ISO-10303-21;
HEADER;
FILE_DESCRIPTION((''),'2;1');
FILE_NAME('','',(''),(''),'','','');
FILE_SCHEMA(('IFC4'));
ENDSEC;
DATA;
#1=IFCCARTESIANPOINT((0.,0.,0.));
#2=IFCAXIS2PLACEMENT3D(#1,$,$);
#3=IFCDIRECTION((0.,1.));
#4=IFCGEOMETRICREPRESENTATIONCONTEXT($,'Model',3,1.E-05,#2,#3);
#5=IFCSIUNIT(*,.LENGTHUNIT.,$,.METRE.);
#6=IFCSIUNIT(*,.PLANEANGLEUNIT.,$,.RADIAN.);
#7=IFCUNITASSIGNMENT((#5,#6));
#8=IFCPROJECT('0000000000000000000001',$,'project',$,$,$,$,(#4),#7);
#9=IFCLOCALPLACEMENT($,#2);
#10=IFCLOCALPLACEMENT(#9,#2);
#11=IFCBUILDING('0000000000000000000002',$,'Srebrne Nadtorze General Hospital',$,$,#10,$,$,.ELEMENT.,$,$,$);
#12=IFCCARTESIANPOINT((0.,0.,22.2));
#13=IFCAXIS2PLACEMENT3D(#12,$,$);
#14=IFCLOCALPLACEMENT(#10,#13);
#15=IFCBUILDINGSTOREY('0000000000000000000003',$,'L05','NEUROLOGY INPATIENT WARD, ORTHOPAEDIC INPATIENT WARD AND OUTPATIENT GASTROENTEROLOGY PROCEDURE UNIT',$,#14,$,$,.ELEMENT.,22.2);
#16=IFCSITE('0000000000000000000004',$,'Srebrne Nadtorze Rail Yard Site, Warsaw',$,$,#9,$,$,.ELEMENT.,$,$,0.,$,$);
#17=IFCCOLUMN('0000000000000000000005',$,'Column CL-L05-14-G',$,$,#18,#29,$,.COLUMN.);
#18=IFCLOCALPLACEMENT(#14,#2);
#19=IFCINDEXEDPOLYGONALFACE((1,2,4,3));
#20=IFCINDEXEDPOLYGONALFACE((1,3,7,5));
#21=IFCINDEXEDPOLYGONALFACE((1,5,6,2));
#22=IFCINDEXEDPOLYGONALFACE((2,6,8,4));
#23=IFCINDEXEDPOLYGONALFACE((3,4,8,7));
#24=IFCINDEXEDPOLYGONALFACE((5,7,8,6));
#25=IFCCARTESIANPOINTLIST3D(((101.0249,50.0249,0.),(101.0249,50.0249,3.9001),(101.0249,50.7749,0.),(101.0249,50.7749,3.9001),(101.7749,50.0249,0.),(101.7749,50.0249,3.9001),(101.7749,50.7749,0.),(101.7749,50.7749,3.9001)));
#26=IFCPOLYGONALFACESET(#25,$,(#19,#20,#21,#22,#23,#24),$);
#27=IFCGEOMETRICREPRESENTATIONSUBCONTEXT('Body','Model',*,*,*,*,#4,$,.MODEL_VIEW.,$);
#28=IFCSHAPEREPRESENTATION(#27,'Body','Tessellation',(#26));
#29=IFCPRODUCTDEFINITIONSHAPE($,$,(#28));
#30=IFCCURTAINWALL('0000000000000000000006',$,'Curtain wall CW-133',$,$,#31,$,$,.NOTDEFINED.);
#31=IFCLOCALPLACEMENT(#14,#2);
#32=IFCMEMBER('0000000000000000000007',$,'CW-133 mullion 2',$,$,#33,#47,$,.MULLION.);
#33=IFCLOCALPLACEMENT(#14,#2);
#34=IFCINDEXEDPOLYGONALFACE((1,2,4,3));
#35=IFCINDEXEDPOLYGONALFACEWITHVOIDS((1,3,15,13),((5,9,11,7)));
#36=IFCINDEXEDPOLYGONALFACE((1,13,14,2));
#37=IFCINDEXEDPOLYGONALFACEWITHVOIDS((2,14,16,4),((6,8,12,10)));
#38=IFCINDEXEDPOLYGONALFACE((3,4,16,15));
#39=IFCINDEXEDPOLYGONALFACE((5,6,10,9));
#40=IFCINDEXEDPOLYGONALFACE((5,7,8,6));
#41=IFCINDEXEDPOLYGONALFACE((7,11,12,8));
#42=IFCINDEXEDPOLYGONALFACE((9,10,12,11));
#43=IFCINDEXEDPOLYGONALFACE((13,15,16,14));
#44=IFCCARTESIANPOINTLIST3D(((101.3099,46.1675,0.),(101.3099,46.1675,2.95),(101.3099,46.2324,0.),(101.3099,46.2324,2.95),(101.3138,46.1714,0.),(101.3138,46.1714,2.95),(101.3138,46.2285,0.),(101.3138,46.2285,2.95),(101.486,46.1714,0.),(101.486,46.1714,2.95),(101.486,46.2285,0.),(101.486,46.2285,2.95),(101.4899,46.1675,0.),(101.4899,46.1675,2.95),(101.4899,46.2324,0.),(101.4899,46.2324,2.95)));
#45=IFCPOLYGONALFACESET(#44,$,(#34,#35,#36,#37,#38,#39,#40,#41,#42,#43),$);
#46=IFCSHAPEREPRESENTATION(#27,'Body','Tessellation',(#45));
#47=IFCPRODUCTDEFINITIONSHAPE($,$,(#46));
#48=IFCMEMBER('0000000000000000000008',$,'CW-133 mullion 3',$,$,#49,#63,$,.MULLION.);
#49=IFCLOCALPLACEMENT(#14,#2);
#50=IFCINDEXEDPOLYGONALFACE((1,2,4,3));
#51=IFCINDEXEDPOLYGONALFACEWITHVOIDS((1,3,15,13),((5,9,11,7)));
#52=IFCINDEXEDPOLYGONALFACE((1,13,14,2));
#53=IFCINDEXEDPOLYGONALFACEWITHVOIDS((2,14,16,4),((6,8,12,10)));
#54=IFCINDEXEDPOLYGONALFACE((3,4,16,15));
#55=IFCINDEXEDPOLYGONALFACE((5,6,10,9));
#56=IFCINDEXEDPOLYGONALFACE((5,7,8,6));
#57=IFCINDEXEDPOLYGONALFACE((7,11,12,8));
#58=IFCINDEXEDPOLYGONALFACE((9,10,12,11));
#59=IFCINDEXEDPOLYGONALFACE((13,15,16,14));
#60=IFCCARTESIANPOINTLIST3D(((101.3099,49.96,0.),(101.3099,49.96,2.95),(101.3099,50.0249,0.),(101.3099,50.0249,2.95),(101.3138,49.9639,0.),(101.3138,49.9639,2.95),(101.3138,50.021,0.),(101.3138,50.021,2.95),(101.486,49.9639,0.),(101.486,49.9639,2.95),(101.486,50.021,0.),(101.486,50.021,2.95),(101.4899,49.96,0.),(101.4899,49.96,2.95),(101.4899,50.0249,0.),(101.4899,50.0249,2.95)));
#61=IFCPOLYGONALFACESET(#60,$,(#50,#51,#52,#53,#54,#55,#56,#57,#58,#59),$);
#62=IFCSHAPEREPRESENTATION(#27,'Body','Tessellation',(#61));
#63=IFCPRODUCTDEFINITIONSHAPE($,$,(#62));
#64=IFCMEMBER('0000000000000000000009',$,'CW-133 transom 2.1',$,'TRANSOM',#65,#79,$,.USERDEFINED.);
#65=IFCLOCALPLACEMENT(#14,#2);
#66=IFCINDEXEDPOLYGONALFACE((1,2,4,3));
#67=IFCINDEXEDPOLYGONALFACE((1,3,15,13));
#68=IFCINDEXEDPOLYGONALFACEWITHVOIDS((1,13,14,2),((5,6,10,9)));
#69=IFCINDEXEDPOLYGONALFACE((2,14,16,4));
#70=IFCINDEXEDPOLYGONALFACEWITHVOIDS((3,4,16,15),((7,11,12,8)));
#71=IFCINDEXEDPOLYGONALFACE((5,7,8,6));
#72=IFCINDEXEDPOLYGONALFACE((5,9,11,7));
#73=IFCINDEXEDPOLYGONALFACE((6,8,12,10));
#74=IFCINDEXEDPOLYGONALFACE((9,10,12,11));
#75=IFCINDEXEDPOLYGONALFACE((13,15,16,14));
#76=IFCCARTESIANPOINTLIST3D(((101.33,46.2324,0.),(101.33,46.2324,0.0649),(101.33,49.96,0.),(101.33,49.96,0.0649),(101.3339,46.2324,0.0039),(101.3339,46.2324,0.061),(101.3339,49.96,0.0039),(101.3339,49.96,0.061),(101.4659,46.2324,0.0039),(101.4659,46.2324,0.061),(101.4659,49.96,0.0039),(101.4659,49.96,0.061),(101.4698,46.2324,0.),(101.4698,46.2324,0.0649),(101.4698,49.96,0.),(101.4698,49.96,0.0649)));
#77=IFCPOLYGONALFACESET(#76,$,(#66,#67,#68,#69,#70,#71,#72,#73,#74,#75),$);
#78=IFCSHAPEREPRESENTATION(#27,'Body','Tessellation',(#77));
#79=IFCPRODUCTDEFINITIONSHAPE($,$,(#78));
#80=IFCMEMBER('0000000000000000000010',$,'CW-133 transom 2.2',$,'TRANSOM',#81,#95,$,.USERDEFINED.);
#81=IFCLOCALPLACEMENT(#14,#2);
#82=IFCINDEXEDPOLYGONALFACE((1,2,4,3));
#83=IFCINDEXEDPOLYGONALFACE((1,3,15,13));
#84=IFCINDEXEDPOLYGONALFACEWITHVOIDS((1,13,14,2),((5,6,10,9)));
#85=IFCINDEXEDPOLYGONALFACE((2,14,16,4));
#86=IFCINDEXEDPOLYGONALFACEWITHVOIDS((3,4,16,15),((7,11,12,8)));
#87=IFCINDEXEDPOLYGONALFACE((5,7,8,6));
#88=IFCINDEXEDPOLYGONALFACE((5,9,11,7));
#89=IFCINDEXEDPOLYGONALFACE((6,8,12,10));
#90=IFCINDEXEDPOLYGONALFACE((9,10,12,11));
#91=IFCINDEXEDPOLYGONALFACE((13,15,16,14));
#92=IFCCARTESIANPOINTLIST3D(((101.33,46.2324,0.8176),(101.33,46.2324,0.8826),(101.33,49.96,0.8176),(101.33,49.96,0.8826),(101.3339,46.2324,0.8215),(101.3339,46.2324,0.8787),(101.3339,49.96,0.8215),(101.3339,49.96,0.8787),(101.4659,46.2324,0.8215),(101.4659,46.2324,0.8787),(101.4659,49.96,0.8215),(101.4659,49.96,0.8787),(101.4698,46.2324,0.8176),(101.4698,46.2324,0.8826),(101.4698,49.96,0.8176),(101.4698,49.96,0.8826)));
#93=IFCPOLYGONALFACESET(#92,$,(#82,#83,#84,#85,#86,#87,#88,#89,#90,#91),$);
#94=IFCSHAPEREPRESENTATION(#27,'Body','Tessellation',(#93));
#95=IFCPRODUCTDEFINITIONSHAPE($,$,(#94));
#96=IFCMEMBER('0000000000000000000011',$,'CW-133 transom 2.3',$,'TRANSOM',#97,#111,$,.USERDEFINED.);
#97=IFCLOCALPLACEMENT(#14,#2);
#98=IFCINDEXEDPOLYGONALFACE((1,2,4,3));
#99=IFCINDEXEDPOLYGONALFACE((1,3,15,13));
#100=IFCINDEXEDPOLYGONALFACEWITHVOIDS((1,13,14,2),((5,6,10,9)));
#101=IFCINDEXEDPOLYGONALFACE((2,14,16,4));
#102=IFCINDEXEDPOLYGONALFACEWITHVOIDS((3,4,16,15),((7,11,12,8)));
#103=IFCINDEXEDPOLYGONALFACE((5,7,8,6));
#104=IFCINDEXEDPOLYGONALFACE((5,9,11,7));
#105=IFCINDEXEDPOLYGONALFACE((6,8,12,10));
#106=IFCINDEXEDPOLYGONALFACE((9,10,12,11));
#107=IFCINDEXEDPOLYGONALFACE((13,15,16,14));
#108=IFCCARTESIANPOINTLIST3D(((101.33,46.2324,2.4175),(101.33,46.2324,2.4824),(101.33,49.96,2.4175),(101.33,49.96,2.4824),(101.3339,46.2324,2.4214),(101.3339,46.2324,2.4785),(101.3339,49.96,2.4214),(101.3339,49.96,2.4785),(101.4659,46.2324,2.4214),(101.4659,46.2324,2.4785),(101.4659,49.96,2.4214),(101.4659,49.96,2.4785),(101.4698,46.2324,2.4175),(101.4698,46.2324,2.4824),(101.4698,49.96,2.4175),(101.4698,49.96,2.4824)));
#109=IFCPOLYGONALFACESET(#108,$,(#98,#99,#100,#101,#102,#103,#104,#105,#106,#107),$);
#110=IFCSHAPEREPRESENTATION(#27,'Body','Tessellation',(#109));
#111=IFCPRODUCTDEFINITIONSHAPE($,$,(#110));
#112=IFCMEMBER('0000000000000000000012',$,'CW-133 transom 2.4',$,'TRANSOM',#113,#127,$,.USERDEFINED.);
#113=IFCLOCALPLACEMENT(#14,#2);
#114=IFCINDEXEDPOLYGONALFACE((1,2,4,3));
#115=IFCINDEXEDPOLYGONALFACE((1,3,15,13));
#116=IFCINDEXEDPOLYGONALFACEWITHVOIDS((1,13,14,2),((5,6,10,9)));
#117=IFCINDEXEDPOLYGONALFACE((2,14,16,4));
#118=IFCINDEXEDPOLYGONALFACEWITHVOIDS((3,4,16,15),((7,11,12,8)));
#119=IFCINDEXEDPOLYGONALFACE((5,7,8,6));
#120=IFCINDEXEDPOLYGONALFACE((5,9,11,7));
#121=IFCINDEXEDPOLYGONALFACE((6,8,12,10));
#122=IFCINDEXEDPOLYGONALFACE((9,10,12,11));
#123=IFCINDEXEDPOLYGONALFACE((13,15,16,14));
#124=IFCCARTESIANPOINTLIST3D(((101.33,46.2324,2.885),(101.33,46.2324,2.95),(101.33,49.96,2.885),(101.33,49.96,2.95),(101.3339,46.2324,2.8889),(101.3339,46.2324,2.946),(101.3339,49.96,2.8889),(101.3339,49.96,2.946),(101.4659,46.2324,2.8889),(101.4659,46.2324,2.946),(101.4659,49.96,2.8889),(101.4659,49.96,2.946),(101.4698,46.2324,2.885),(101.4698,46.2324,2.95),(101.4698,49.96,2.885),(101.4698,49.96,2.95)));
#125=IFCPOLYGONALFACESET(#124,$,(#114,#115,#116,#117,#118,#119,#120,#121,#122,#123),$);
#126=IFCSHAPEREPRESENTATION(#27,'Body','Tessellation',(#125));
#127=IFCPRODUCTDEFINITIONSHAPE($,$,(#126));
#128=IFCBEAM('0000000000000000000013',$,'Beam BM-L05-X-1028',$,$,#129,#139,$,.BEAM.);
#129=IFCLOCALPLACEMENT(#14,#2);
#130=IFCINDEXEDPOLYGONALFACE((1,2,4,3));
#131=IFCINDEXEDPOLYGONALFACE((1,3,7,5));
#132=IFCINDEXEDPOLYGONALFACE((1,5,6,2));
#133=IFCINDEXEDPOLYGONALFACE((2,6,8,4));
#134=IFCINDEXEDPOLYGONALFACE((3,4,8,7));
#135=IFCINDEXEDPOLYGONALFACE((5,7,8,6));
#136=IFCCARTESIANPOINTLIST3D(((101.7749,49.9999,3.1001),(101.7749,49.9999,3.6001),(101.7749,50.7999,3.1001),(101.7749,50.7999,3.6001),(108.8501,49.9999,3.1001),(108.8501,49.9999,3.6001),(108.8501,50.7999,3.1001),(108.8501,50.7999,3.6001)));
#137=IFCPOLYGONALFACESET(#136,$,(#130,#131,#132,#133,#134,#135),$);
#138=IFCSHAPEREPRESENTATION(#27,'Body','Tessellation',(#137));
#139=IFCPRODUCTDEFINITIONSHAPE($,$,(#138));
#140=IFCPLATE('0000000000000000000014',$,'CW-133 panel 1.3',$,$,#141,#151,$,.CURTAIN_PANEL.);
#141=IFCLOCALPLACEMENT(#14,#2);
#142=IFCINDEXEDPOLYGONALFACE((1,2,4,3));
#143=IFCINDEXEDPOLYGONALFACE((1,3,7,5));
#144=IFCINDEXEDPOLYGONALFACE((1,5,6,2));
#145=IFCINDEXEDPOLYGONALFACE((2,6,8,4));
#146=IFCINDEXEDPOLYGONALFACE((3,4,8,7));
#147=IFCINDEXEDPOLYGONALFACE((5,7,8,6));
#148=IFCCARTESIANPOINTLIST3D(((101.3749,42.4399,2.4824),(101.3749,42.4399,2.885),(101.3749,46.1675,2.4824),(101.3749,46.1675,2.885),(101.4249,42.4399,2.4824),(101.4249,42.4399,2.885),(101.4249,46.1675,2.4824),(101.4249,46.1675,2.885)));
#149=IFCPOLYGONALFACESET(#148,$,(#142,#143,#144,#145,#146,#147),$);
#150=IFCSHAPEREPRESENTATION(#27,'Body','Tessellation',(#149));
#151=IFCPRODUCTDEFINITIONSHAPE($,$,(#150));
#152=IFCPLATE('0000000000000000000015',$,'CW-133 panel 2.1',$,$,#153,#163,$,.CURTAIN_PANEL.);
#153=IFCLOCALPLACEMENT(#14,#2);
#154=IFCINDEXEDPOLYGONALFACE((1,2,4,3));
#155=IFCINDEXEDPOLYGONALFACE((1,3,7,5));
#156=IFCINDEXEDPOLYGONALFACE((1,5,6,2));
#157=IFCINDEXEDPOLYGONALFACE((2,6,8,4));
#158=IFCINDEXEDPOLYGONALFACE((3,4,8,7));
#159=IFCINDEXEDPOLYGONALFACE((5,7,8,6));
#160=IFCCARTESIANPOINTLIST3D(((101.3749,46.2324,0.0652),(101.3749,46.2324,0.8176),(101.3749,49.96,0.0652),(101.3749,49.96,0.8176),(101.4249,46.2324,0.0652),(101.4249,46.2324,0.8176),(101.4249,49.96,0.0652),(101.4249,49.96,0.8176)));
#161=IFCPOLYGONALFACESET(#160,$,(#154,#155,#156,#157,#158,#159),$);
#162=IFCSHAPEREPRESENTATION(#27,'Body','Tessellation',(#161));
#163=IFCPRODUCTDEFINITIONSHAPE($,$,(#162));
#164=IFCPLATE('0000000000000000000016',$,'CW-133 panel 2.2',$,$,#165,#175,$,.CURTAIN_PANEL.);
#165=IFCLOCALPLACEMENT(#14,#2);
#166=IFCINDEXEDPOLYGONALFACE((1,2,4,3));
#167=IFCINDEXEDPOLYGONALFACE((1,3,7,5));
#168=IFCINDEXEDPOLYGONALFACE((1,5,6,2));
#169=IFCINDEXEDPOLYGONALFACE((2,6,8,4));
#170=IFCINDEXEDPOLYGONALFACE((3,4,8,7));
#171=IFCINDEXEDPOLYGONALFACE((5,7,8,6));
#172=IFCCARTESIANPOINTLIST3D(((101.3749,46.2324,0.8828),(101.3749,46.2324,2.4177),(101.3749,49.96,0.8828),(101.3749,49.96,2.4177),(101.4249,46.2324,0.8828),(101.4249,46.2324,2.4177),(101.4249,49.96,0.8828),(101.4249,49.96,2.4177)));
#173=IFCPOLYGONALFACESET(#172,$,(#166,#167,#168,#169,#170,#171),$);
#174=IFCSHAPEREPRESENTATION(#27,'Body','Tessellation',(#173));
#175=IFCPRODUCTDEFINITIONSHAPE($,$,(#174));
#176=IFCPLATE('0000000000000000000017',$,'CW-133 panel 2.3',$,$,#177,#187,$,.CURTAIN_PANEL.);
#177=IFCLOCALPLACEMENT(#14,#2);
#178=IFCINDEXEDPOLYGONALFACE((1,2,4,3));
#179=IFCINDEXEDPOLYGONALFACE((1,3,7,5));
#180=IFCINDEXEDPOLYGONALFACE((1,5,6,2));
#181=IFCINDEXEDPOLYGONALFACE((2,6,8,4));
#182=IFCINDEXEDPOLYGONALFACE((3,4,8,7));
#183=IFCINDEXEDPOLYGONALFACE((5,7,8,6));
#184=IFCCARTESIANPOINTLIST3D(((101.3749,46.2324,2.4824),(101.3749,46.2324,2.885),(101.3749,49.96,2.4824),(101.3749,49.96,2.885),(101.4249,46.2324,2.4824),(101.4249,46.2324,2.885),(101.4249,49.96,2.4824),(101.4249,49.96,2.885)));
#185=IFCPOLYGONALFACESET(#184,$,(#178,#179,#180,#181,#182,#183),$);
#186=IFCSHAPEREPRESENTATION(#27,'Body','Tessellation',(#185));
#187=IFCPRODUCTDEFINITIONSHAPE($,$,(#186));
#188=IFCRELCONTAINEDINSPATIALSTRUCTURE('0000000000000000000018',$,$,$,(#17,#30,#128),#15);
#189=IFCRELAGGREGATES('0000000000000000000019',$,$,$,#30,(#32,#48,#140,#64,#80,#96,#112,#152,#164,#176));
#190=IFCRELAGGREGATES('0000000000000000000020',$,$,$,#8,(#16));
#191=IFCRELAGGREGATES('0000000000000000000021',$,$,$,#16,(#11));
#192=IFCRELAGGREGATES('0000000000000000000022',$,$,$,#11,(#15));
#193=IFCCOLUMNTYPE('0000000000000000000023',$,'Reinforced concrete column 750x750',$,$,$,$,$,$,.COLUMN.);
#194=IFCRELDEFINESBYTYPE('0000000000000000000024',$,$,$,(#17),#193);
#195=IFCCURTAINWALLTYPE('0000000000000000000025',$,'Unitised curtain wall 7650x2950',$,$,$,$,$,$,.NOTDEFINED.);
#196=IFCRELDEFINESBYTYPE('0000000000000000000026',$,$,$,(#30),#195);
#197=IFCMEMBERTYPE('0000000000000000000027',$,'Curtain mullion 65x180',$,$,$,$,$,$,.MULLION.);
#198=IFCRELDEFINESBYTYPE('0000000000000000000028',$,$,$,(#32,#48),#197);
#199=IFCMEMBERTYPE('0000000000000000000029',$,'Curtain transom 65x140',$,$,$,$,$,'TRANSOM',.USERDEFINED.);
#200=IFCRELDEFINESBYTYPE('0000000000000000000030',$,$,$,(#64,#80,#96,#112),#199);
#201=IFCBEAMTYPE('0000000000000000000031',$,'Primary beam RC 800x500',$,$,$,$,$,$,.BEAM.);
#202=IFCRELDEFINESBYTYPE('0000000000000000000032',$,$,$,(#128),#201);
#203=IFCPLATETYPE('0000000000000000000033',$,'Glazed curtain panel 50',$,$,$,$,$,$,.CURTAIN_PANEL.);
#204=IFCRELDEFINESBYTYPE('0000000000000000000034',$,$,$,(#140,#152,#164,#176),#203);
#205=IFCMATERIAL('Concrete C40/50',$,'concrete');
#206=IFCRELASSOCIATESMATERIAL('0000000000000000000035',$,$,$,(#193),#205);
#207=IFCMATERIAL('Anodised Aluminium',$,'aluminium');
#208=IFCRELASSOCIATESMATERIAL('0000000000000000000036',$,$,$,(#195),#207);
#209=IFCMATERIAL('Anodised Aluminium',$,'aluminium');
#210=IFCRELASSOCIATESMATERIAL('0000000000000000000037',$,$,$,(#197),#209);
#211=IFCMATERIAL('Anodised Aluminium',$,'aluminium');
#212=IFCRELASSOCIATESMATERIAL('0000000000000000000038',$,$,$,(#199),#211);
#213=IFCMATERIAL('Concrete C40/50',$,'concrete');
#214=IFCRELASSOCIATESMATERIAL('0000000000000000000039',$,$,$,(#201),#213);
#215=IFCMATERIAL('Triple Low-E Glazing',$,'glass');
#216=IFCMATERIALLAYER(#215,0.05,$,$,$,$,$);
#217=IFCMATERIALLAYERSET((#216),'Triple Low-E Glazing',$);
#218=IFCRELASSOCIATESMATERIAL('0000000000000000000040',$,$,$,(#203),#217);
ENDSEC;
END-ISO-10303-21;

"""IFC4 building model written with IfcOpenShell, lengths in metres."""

from ifc_helpers import new_model, si_unit, direction, frame, origin, origin_2d, place, context, subcontext, project, spatial, rectangle, hollow_rectangle, extrude, material, layer, layer_set, material_profile, profile_set, type_object, element, aggregate, save


model = new_model("IFC4")

# Units and contexts
model_context = context("Model", 3, precision=1e-05, world=origin(), true_north=direction((0.0, 1.0)))
body_context = subcontext(model_context, "Body", "Model", "MODEL_VIEW")
ifc_project = project(units=[si_unit("LENGTHUNIT", "METRE"), si_unit("PLANEANGLEUNIT", "RADIAN")], contexts=[model_context])

# Site, building, storey
site_placement = place(None, origin())
site = spatial("IfcSite", under=ifc_project, at=site_placement, Name="Srebrne Nadtorze Rail Yard Site, Warsaw", CompositionType="ELEMENT", RefElevation=0.0)
building_placement = place(site_placement, origin())
building = spatial("IfcBuilding", under=site, at=building_placement, Name="Srebrne Nadtorze General Hospital", CompositionType="ELEMENT")
storey_placement = place(building_placement, frame((0.0, 0.0, 22.2)))
storey = spatial("IfcBuildingStorey", under=building, at=storey_placement, Name="L05", Description="NEUROLOGY INPATIENT WARD, ORTHOPAEDIC INPATIENT WARD AND OUTPATIENT GASTROENTEROLOGY PROCEDURE UNIT", CompositionType="ELEMENT", Elevation=22.2)

# Column
ifc_material_1 = material(Name="Concrete C40/50", Category="concrete")
ifc_material_profile_1 = material_profile(ifc_material_1, rectangle(XDim=0.75, YDim=0.75, at=origin_2d()), Name="RC-COL-750x750")
ifc_profile_set_1 = profile_set([ifc_material_profile_1], Name="Concrete C40/50")
column_type = type_object("IfcColumnType", Name="Reinforced concrete column 750x750", PredefinedType="COLUMN", material=ifc_profile_set_1)
column_placement = place(storey_placement, frame((101.3999, 50.3999, 0.0), z_axis=(0.0, 0.0, 1.0), x_axis=(1.0, 0.0, 0.0)))
element("IfcColumn", 1, at=column_placement, inside=storey, type_object=column_type, Name="Column CL-L05-14-G", PredefinedType="COLUMN", context=body_context, shape_type="SweptSolid", body=[
    extrude(rectangle(XDim=0.75, YDim=0.75, at=origin_2d()), origin(), (0.0, 0.0, 1.0), 3.9001),
])

# Curtain wall, members
ifc_material_2 = material(Name="Anodised Aluminium", Category="aluminium")
curtain_wall_type = type_object("IfcCurtainWallType", Name="Unitised curtain wall 7650x2950", PredefinedType="NOTDEFINED", material=ifc_material_2)
curtain_wall_placement = place(storey_placement, origin())
curtain_wall = element("IfcCurtainWall", 2, at=curtain_wall_placement, inside=storey, type_object=curtain_wall_type, Name="Curtain wall CW-133", PredefinedType="NOTDEFINED")
ifc_material_3 = material(Name="Anodised Aluminium", Category="aluminium")
ifc_material_profile_2 = material_profile(ifc_material_3, hollow_rectangle(XDim=0.0649, YDim=0.1799, WallThickness=0.0039, at=origin_2d()), Name="AL-MUL-65x180")
ifc_profile_set_2 = profile_set([ifc_material_profile_2], Name="Anodised Aluminium")
member_type_1 = type_object("IfcMemberType", Name="Curtain mullion 65x180", PredefinedType="MULLION", material=ifc_profile_set_2)
member_1_placement = place(storey_placement, frame((101.3999, 46.2, 0.0), z_axis=(0.0, 0.0, 1.0), x_axis=(0.0, 1.0, 0.0)))
member_1 = element("IfcMember", 3, at=member_1_placement, type_object=member_type_1, Name="CW-133 mullion 2", PredefinedType="MULLION", context=body_context, shape_type="SweptSolid", body=[
    extrude(hollow_rectangle(XDim=0.0649, YDim=0.1799, WallThickness=0.0039, at=origin_2d()), origin(), (0.0, 0.0, 1.0), 2.95),
])
member_2_placement = place(storey_placement, frame((101.3999, 49.9924, 0.0), z_axis=(0.0, 0.0, 1.0), x_axis=(0.0, 1.0, 0.0)))
member_2 = element("IfcMember", 4, at=member_2_placement, type_object=member_type_1, Name="CW-133 mullion 3", PredefinedType="MULLION", context=body_context, shape_type="SweptSolid", body=[
    extrude(hollow_rectangle(XDim=0.0649, YDim=0.1799, WallThickness=0.0039, at=origin_2d()), origin(), (0.0, 0.0, 1.0), 2.95),
])
ifc_material_4 = material(Name="Anodised Aluminium", Category="aluminium")
ifc_material_profile_3 = material_profile(ifc_material_4, hollow_rectangle(XDim=0.0649, YDim=0.1399, WallThickness=0.0039, at=origin_2d()), Name="AL-TRN-65x140")
ifc_profile_set_3 = profile_set([ifc_material_profile_3], Name="Anodised Aluminium")
member_type_2 = type_object("IfcMemberType", Name="Curtain transom 65x140", ElementType="TRANSOM", PredefinedType="USERDEFINED", material=ifc_profile_set_3)
member_3_placement = place(storey_placement, frame((101.3999, 46.2324, 0.0325), z_axis=(0.0, 1.0, 0.0), x_axis=(0.0, 0.0, 1.0)))
member_3 = element("IfcMember", 5, at=member_3_placement, type_object=member_type_2, Name="CW-133 transom 2.1", ObjectType="TRANSOM", PredefinedType="USERDEFINED", context=body_context, shape_type="SweptSolid", body=[
    extrude(hollow_rectangle(XDim=0.0649, YDim=0.1399, WallThickness=0.0039, at=origin_2d()), origin(), (0.0, 0.0, 1.0), 3.7275),
])
member_4_placement = place(storey_placement, frame((101.3999, 46.2324, 0.8501), z_axis=(0.0, 1.0, 0.0), x_axis=(0.0, 0.0, 1.0)))
member_4 = element("IfcMember", 6, at=member_4_placement, type_object=member_type_2, Name="CW-133 transom 2.2", ObjectType="TRANSOM", PredefinedType="USERDEFINED", context=body_context, shape_type="SweptSolid", body=[
    extrude(hollow_rectangle(XDim=0.0649, YDim=0.1399, WallThickness=0.0039, at=origin_2d()), origin(), (0.0, 0.0, 1.0), 3.7275),
])
member_5_placement = place(storey_placement, frame((101.3999, 46.2324, 2.45), z_axis=(0.0, 1.0, 0.0), x_axis=(0.0, 0.0, 1.0)))
member_5 = element("IfcMember", 7, at=member_5_placement, type_object=member_type_2, Name="CW-133 transom 2.3", ObjectType="TRANSOM", PredefinedType="USERDEFINED", context=body_context, shape_type="SweptSolid", body=[
    extrude(hollow_rectangle(XDim=0.0649, YDim=0.1399, WallThickness=0.0039, at=origin_2d()), origin(), (0.0, 0.0, 1.0), 3.7275),
])
member_6_placement = place(storey_placement, frame((101.3999, 46.2324, 2.9175), z_axis=(0.0, 1.0, 0.0), x_axis=(0.0, 0.0, 1.0)))
member_6 = element("IfcMember", 8, at=member_6_placement, type_object=member_type_2, Name="CW-133 transom 2.4", ObjectType="TRANSOM", PredefinedType="USERDEFINED", context=body_context, shape_type="SweptSolid", body=[
    extrude(hollow_rectangle(XDim=0.0649, YDim=0.1399, WallThickness=0.0039, at=origin_2d()), origin(), (0.0, 0.0, 1.0), 3.7275),
])

# Beam
ifc_material_5 = material(Name="Concrete C40/50", Category="concrete")
ifc_material_profile_4 = material_profile(ifc_material_5, rectangle(XDim=0.8, YDim=0.5, at=origin_2d()), Name="RC-BM-800x500")
ifc_profile_set_4 = profile_set([ifc_material_profile_4], Name="Concrete C40/50")
beam_type = type_object("IfcBeamType", Name="Primary beam RC 800x500", PredefinedType="BEAM", material=ifc_profile_set_4)
beam_placement = place(storey_placement, frame((101.7749, 50.3999, 3.3501), z_axis=(1.0, 0.0, 0.0), x_axis=(0.0, 1.0, 0.0)))
element("IfcBeam", 9, at=beam_placement, inside=storey, type_object=beam_type, Name="Beam BM-L05-X-1028", PredefinedType="BEAM", context=body_context, shape_type="SweptSolid", body=[
    extrude(rectangle(XDim=0.8, YDim=0.5, at=origin_2d()), origin(), (0.0, 0.0, 1.0), 7.0752),
])

# Plates
ifc_material_6 = material(Name="Triple Low-E Glazing", Category="glass")
ifc_layer_1 = layer(ifc_material_6, 0.05)
ifc_layer_set_1 = layer_set([ifc_layer_1], Name="Triple Low-E Glazing")
plate_type = type_object("IfcPlateType", Name="Glazed curtain panel 50", PredefinedType="CURTAIN_PANEL", material=ifc_layer_set_1)
plate_1_placement = place(storey_placement, frame((101.3999, 44.3037, 2.4824), z_axis=(0.0, 0.0, 1.0), x_axis=(0.0, 1.0, 0.0)))
plate_1 = element("IfcPlate", 10, at=plate_1_placement, type_object=plate_type, Name="CW-133 panel 1.3", PredefinedType="CURTAIN_PANEL", context=body_context, shape_type="SweptSolid", body=[
    extrude(rectangle(XDim=3.7275, YDim=0.05, at=origin_2d()), origin(), (0.0, 0.0, 1.0), 0.4026),
])
plate_2_placement = place(storey_placement, frame((101.3999, 48.0962, 0.0652), z_axis=(0.0, 0.0, 1.0), x_axis=(0.0, 1.0, 0.0)))
plate_2 = element("IfcPlate", 11, at=plate_2_placement, type_object=plate_type, Name="CW-133 panel 2.1", PredefinedType="CURTAIN_PANEL", context=body_context, shape_type="SweptSolid", body=[
    extrude(rectangle(XDim=3.7275, YDim=0.05, at=origin_2d()), origin(), (0.0, 0.0, 1.0), 0.7524),
])
plate_3_placement = place(storey_placement, frame((101.3999, 48.0962, 0.8828), z_axis=(0.0, 0.0, 1.0), x_axis=(0.0, 1.0, 0.0)))
plate_3 = element("IfcPlate", 12, at=plate_3_placement, type_object=plate_type, Name="CW-133 panel 2.2", PredefinedType="CURTAIN_PANEL", context=body_context, shape_type="SweptSolid", body=[
    extrude(rectangle(XDim=3.7275, YDim=0.05, at=origin_2d()), origin(), (0.0, 0.0, 1.0), 1.5349),
])
plate_4_placement = place(storey_placement, frame((101.3999, 48.0962, 2.4824), z_axis=(0.0, 0.0, 1.0), x_axis=(0.0, 1.0, 0.0)))
plate_4 = element("IfcPlate", 13, at=plate_4_placement, type_object=plate_type, Name="CW-133 panel 2.3", PredefinedType="CURTAIN_PANEL", context=body_context, shape_type="SweptSolid", body=[
    extrude(rectangle(XDim=3.7275, YDim=0.05, at=origin_2d()), origin(), (0.0, 0.0, 1.0), 0.4026),
])
aggregate(curtain_wall, [member_1, member_2, plate_1, member_3, member_4, member_5, member_6, plate_2, plate_3, plate_4])

save(model, "model.ifc")
